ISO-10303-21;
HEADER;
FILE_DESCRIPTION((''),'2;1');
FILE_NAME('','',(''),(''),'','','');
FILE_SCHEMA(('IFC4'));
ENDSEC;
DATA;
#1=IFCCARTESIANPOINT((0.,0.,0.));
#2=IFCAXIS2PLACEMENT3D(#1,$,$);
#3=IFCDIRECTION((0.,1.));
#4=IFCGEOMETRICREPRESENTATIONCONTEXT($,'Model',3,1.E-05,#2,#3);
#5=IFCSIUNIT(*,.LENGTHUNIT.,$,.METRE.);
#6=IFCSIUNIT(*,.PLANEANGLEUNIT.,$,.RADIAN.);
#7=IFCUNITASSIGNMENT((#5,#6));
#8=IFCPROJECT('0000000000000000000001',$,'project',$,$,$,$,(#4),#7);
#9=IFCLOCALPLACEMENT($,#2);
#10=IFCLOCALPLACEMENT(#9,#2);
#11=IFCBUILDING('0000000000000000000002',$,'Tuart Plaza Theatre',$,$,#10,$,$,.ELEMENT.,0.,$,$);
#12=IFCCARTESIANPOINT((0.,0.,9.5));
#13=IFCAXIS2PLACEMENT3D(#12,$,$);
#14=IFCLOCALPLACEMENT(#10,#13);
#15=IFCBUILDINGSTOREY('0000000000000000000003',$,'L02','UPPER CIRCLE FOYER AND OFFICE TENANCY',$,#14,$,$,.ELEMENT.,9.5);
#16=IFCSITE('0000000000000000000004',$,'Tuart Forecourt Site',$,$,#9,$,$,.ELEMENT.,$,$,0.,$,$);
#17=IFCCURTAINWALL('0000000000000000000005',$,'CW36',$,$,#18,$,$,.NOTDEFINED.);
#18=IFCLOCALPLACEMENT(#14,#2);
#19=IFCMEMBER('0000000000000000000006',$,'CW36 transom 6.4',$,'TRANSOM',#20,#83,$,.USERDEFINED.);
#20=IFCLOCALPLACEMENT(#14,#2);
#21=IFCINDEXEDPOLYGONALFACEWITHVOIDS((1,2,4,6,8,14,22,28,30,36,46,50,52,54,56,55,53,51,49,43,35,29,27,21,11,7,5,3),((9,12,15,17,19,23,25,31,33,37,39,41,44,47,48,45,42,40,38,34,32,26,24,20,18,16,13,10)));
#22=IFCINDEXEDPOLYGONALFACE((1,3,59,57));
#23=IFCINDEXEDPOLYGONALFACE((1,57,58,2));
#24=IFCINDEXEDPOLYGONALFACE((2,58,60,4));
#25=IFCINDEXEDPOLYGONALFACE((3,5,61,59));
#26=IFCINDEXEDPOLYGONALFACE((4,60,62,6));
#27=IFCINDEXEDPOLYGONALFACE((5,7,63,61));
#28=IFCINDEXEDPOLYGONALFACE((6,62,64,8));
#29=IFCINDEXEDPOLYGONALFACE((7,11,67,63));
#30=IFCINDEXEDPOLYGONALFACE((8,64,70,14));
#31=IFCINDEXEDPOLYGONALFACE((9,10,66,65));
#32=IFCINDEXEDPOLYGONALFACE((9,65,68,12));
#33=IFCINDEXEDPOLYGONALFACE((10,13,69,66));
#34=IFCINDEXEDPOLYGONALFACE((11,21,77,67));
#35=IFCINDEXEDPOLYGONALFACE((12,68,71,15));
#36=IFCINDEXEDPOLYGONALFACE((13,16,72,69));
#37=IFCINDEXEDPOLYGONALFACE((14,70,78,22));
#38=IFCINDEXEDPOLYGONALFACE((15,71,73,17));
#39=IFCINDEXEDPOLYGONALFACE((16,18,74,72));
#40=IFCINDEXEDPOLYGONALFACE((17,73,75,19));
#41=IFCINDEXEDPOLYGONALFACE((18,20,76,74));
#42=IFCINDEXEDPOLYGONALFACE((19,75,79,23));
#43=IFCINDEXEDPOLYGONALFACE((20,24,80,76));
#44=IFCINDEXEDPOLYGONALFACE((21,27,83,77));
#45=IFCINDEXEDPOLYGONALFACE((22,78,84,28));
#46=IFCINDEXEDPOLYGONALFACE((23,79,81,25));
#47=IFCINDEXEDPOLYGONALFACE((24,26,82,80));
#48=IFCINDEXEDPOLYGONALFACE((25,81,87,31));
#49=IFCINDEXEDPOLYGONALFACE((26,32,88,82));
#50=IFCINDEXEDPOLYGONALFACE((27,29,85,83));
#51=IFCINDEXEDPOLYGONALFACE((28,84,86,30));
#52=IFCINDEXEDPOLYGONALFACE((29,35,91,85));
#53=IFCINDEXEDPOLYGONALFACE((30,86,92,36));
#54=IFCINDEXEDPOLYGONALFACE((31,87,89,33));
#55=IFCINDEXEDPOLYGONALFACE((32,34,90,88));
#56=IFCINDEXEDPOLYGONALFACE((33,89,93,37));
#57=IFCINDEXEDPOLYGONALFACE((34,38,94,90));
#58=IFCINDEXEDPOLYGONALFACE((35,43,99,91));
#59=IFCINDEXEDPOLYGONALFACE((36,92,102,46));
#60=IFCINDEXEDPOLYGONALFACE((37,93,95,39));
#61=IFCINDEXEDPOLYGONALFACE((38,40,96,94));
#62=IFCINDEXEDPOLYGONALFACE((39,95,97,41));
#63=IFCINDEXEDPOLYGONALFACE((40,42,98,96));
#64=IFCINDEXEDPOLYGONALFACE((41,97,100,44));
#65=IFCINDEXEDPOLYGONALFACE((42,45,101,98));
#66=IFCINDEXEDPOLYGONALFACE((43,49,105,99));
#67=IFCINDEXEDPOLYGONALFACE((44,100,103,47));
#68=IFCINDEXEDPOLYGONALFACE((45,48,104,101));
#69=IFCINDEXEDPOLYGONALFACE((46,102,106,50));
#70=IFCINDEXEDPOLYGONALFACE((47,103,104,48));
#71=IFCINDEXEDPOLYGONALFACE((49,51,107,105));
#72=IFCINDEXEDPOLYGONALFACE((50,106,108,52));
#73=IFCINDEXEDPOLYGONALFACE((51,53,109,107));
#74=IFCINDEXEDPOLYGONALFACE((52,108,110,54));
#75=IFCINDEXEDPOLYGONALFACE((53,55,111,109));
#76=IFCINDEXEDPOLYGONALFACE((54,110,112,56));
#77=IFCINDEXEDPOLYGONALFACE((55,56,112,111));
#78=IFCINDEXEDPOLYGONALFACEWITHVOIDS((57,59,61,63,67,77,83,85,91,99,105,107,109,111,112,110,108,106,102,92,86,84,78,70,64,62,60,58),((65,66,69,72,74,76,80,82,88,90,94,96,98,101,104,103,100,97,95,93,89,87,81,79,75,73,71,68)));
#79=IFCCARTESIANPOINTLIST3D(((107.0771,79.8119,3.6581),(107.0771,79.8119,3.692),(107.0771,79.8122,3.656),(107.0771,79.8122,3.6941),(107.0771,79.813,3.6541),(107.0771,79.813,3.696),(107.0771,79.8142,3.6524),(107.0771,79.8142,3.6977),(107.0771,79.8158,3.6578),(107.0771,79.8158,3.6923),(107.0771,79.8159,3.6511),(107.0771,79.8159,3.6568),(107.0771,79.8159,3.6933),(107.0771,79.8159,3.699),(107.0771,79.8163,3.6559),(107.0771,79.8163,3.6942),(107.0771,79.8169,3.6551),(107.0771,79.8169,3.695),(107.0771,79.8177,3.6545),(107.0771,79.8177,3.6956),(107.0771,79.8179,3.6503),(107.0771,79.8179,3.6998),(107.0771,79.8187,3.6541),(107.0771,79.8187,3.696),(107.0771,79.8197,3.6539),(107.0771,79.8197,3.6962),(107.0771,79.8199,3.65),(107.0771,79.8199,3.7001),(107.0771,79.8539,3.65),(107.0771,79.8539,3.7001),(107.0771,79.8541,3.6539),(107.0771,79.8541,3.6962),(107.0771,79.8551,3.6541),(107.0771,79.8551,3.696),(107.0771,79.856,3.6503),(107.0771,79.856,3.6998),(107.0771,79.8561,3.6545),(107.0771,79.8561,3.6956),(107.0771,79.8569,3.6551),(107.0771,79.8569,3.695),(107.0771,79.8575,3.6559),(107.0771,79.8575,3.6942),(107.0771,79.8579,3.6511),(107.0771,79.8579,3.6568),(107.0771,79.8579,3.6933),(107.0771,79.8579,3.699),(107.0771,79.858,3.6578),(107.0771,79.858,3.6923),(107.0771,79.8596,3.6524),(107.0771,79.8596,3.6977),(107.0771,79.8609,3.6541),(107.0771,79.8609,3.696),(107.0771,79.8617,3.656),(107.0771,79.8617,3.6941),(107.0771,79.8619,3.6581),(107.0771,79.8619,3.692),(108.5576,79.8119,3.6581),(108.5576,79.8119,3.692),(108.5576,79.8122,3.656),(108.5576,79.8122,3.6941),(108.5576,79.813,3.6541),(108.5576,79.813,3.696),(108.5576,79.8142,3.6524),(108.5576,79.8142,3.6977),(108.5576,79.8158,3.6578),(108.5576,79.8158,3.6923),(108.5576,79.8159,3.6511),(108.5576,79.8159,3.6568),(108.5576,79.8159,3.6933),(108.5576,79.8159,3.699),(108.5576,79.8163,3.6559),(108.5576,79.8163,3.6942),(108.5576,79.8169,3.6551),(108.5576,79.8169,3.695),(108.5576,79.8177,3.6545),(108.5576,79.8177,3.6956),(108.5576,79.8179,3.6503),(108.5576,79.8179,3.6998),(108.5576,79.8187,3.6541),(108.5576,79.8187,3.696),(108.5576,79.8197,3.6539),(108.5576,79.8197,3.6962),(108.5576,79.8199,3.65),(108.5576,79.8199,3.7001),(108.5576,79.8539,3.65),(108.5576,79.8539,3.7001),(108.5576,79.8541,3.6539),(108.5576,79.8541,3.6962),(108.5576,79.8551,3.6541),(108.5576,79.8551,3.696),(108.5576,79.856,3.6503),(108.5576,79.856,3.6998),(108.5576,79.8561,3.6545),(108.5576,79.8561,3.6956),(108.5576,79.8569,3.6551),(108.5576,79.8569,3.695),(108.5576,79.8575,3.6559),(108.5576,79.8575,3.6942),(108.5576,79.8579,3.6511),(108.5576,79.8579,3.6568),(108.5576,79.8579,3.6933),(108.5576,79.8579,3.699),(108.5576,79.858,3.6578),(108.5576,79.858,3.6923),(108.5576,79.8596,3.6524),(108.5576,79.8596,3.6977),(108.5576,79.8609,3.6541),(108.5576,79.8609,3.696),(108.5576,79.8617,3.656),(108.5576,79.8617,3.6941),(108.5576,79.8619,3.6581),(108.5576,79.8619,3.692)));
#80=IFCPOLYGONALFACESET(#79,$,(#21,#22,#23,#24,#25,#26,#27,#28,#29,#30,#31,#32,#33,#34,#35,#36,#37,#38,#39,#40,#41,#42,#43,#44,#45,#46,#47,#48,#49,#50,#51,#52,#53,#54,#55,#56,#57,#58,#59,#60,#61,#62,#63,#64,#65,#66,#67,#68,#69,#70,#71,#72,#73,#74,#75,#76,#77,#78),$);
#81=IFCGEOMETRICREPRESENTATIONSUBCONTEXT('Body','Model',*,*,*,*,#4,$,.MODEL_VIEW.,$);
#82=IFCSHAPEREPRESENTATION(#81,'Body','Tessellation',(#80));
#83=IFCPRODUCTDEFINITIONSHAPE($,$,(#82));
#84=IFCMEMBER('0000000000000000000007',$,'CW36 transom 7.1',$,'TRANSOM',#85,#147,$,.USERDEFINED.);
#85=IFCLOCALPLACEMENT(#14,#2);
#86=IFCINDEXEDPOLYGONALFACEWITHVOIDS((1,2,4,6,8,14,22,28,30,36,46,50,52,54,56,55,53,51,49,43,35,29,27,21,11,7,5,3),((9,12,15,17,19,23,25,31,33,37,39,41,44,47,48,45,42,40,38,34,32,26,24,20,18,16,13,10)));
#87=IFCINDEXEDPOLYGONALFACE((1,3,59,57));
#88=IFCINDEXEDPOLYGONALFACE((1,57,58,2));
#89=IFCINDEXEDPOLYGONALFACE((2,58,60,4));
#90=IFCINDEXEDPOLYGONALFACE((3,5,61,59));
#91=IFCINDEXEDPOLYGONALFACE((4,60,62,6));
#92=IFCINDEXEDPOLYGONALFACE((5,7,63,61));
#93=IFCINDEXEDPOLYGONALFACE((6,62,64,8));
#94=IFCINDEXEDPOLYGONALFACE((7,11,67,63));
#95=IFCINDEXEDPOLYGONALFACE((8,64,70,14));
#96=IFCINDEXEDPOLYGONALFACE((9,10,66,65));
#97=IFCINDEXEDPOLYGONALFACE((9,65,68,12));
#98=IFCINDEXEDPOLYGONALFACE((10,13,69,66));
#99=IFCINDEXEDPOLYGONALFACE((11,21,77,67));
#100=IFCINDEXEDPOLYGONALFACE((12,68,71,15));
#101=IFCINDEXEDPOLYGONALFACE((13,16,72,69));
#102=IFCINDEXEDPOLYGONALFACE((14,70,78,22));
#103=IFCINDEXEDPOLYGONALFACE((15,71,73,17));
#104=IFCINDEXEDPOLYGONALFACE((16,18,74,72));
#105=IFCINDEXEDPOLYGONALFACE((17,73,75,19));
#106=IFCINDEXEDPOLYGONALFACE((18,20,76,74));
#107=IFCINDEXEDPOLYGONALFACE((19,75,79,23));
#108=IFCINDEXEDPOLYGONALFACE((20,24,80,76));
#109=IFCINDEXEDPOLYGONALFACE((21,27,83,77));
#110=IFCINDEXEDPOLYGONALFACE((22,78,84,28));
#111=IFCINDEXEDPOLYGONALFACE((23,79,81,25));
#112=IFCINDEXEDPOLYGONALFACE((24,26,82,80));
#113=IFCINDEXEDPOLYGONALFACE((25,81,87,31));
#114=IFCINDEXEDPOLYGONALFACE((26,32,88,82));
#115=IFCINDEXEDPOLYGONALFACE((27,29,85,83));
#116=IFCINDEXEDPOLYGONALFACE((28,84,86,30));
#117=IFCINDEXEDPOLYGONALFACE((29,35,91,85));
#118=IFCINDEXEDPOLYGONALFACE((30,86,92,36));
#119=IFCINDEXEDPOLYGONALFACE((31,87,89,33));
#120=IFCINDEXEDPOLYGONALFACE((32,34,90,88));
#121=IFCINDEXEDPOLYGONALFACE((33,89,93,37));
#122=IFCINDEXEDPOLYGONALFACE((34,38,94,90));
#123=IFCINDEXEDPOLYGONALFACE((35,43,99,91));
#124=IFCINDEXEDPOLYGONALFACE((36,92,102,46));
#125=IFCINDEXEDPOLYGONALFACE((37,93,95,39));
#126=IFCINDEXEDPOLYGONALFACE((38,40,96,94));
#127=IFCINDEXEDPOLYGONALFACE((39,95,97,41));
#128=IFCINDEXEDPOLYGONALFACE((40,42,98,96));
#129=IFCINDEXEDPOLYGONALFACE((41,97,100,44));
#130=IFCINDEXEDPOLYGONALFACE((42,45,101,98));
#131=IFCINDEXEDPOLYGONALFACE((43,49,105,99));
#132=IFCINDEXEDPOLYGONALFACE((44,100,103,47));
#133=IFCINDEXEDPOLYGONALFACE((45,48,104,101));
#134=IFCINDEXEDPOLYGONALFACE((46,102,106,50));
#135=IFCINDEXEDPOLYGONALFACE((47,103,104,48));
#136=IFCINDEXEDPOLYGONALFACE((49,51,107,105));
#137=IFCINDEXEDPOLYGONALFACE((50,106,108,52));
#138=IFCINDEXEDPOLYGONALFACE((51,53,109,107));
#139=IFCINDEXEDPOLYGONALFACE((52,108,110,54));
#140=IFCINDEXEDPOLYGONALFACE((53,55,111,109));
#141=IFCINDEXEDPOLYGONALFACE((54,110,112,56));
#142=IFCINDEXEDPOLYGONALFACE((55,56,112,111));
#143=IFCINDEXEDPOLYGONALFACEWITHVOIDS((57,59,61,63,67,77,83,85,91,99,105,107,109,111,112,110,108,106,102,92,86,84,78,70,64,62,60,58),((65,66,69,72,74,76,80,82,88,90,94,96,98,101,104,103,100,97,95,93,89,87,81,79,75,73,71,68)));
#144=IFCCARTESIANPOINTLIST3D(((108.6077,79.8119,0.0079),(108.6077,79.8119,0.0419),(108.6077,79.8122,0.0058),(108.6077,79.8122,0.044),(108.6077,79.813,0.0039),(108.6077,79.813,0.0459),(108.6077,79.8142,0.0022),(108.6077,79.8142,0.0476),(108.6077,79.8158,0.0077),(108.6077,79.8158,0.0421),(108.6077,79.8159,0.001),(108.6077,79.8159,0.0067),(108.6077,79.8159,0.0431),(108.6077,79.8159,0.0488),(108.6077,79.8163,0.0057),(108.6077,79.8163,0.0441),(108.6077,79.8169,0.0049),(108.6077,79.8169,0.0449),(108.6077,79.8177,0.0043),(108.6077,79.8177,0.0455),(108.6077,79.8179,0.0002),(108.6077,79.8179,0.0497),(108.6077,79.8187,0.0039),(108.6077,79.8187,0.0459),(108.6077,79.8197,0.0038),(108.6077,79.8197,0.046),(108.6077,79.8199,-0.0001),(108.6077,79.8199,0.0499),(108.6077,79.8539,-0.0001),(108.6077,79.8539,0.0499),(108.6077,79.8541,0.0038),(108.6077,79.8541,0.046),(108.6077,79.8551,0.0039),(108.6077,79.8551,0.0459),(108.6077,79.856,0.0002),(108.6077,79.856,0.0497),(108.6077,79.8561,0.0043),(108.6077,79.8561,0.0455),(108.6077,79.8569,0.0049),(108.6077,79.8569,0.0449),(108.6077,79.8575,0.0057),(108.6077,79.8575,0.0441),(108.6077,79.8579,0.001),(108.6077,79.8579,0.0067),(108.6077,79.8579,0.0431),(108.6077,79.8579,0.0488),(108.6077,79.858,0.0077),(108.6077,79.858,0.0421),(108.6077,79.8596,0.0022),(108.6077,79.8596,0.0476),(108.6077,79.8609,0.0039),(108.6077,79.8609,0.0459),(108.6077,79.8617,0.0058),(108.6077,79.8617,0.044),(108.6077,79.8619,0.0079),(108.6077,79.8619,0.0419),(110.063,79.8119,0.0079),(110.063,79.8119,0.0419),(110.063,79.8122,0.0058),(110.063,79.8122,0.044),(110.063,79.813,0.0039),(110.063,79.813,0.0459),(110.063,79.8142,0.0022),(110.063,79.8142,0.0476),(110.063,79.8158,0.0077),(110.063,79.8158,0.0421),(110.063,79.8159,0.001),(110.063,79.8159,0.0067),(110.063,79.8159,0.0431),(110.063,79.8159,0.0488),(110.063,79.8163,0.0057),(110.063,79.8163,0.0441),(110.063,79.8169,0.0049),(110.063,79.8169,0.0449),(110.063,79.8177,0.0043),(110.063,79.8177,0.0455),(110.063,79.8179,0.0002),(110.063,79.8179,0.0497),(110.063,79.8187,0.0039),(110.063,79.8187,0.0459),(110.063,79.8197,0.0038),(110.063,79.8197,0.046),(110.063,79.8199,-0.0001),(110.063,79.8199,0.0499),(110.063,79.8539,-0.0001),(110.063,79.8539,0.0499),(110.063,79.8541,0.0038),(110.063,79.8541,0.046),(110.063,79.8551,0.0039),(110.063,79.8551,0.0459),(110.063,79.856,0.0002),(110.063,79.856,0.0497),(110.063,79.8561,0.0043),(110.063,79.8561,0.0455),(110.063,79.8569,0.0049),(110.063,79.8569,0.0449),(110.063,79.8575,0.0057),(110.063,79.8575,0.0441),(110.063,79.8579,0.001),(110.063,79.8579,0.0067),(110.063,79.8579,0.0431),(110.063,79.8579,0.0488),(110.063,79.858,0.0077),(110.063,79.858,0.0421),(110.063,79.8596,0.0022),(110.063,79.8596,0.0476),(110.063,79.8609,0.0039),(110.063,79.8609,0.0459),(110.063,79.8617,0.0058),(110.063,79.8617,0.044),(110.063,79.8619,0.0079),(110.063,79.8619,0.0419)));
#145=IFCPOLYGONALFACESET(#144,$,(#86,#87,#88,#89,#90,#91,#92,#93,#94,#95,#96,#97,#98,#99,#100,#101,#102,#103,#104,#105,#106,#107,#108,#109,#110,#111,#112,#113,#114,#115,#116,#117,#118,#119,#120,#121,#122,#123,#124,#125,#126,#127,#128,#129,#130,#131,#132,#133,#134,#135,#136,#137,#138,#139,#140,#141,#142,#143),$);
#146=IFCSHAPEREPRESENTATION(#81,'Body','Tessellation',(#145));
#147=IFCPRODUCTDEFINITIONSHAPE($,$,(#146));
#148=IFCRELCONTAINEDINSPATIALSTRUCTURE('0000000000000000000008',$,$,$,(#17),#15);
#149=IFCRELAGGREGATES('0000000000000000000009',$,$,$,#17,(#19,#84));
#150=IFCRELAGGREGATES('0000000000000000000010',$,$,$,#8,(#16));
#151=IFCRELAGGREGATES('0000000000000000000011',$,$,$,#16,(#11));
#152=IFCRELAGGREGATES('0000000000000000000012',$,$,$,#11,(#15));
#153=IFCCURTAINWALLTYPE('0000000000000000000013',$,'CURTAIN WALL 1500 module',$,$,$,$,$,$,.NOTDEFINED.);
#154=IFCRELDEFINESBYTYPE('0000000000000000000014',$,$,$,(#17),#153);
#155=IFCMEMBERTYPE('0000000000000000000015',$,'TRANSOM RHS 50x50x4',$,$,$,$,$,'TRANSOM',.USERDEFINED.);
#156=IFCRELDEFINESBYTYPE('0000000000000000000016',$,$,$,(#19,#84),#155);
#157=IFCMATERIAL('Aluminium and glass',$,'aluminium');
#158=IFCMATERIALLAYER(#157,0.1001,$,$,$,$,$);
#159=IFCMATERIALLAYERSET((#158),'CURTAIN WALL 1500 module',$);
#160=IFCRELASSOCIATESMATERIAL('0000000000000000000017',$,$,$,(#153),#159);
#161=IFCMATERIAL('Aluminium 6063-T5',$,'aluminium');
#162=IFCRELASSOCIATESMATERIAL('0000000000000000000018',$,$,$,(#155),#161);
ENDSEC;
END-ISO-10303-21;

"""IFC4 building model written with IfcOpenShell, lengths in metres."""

from ifc_helpers import new_model, si_unit, direction, frame, origin, origin_2d, place, context, subcontext, project, spatial, hollow_rectangle, extrude, material, layer, layer_set, material_profile, profile_set, type_object, element, aggregate, save


model = new_model("IFC4")

# Units and contexts
model_context = context("Model", 3, precision=1e-05, world=origin(), true_north=direction((0.0, 1.0)))
body_context = subcontext(model_context, "Body", "Model", "MODEL_VIEW")
ifc_project = project(units=[si_unit("LENGTHUNIT", "METRE"), si_unit("PLANEANGLEUNIT", "RADIAN")], contexts=[model_context])

# Site, building, storey
site_placement = place(None, origin())
site = spatial("IfcSite", under=ifc_project, at=site_placement, Name="Tuart Forecourt Site", CompositionType="ELEMENT", RefElevation=0.0)
building_placement = place(site_placement, origin())
building = spatial("IfcBuilding", under=site, at=building_placement, Name="Tuart Plaza Theatre", CompositionType="ELEMENT", ElevationOfRefHeight=0.0)
storey_placement = place(building_placement, frame((0.0, 0.0, 9.5)))
storey = spatial("IfcBuildingStorey", under=building, at=storey_placement, Name="L02", Description="UPPER CIRCLE FOYER AND OFFICE TENANCY", CompositionType="ELEMENT", Elevation=9.5)

# Curtain wall, members
ifc_material_1 = material(Name="Aluminium and glass", Category="aluminium")
ifc_layer_1 = layer(ifc_material_1, 0.1001)
ifc_layer_set_1 = layer_set([ifc_layer_1], Name="CURTAIN WALL 1500 module")
curtain_wall_type = type_object("IfcCurtainWallType", Name="CURTAIN WALL 1500 module", PredefinedType="NOTDEFINED", material=ifc_layer_set_1)
curtain_wall_placement = place(storey_placement, origin())
curtain_wall = element("IfcCurtainWall", 1, at=curtain_wall_placement, inside=storey, type_object=curtain_wall_type, Name="CW36", PredefinedType="NOTDEFINED")
ifc_material_2 = material(Name="Aluminium 6063-T5", Category="aluminium")
ifc_material_profile_1 = material_profile(ifc_material_2, hollow_rectangle(XDim=0.05, YDim=0.05, WallThickness=0.0039, InnerFilletRadius=0.0039, OuterFilletRadius=0.0081, at=origin_2d()), Name="RHS 50x50x4")
ifc_profile_set_1 = profile_set([ifc_material_profile_1], Name="Aluminium 6063-T5")
member_type_1 = type_object("IfcMemberType", Name="TRANSOM RHS 50x50x4", ElementType="TRANSOM", PredefinedType="USERDEFINED", material=ifc_profile_set_1)
member_1_placement = place(storey_placement, frame((107.0771, 79.8369, 3.675), z_axis=(1.0, 0.0, 0.0), x_axis=(0.0, 1.0, 0.0)))
member_1 = element("IfcMember", 2, at=member_1_placement, type_object=member_type_1, Name="CW36 transom 6.4", ObjectType="TRANSOM", PredefinedType="USERDEFINED", context=body_context, shape_type="SweptSolid", body=[
    extrude(hollow_rectangle(XDim=0.05, YDim=0.05, WallThickness=0.0039, InnerFilletRadius=0.0039, OuterFilletRadius=0.0081, at=origin_2d()), origin(), (0.0, 0.0, 1.0), 1.4805),
])
member_2_placement = place(storey_placement, frame((108.6077, 79.8369, 0.0249), z_axis=(1.0, 0.0, 0.0), x_axis=(0.0, 1.0, 0.0)))
member_2 = element("IfcMember", 3, at=member_2_placement, type_object=member_type_1, Name="CW36 transom 7.1", ObjectType="TRANSOM", PredefinedType="USERDEFINED", context=body_context, shape_type="SweptSolid", body=[
    extrude(hollow_rectangle(XDim=0.05, YDim=0.05, WallThickness=0.0039, InnerFilletRadius=0.0039, OuterFilletRadius=0.0081, at=origin_2d()), origin(), (0.0, 0.0, 1.0), 1.4553),
])
aggregate(curtain_wall, [member_1, member_2])

save(model, "model.ifc")
